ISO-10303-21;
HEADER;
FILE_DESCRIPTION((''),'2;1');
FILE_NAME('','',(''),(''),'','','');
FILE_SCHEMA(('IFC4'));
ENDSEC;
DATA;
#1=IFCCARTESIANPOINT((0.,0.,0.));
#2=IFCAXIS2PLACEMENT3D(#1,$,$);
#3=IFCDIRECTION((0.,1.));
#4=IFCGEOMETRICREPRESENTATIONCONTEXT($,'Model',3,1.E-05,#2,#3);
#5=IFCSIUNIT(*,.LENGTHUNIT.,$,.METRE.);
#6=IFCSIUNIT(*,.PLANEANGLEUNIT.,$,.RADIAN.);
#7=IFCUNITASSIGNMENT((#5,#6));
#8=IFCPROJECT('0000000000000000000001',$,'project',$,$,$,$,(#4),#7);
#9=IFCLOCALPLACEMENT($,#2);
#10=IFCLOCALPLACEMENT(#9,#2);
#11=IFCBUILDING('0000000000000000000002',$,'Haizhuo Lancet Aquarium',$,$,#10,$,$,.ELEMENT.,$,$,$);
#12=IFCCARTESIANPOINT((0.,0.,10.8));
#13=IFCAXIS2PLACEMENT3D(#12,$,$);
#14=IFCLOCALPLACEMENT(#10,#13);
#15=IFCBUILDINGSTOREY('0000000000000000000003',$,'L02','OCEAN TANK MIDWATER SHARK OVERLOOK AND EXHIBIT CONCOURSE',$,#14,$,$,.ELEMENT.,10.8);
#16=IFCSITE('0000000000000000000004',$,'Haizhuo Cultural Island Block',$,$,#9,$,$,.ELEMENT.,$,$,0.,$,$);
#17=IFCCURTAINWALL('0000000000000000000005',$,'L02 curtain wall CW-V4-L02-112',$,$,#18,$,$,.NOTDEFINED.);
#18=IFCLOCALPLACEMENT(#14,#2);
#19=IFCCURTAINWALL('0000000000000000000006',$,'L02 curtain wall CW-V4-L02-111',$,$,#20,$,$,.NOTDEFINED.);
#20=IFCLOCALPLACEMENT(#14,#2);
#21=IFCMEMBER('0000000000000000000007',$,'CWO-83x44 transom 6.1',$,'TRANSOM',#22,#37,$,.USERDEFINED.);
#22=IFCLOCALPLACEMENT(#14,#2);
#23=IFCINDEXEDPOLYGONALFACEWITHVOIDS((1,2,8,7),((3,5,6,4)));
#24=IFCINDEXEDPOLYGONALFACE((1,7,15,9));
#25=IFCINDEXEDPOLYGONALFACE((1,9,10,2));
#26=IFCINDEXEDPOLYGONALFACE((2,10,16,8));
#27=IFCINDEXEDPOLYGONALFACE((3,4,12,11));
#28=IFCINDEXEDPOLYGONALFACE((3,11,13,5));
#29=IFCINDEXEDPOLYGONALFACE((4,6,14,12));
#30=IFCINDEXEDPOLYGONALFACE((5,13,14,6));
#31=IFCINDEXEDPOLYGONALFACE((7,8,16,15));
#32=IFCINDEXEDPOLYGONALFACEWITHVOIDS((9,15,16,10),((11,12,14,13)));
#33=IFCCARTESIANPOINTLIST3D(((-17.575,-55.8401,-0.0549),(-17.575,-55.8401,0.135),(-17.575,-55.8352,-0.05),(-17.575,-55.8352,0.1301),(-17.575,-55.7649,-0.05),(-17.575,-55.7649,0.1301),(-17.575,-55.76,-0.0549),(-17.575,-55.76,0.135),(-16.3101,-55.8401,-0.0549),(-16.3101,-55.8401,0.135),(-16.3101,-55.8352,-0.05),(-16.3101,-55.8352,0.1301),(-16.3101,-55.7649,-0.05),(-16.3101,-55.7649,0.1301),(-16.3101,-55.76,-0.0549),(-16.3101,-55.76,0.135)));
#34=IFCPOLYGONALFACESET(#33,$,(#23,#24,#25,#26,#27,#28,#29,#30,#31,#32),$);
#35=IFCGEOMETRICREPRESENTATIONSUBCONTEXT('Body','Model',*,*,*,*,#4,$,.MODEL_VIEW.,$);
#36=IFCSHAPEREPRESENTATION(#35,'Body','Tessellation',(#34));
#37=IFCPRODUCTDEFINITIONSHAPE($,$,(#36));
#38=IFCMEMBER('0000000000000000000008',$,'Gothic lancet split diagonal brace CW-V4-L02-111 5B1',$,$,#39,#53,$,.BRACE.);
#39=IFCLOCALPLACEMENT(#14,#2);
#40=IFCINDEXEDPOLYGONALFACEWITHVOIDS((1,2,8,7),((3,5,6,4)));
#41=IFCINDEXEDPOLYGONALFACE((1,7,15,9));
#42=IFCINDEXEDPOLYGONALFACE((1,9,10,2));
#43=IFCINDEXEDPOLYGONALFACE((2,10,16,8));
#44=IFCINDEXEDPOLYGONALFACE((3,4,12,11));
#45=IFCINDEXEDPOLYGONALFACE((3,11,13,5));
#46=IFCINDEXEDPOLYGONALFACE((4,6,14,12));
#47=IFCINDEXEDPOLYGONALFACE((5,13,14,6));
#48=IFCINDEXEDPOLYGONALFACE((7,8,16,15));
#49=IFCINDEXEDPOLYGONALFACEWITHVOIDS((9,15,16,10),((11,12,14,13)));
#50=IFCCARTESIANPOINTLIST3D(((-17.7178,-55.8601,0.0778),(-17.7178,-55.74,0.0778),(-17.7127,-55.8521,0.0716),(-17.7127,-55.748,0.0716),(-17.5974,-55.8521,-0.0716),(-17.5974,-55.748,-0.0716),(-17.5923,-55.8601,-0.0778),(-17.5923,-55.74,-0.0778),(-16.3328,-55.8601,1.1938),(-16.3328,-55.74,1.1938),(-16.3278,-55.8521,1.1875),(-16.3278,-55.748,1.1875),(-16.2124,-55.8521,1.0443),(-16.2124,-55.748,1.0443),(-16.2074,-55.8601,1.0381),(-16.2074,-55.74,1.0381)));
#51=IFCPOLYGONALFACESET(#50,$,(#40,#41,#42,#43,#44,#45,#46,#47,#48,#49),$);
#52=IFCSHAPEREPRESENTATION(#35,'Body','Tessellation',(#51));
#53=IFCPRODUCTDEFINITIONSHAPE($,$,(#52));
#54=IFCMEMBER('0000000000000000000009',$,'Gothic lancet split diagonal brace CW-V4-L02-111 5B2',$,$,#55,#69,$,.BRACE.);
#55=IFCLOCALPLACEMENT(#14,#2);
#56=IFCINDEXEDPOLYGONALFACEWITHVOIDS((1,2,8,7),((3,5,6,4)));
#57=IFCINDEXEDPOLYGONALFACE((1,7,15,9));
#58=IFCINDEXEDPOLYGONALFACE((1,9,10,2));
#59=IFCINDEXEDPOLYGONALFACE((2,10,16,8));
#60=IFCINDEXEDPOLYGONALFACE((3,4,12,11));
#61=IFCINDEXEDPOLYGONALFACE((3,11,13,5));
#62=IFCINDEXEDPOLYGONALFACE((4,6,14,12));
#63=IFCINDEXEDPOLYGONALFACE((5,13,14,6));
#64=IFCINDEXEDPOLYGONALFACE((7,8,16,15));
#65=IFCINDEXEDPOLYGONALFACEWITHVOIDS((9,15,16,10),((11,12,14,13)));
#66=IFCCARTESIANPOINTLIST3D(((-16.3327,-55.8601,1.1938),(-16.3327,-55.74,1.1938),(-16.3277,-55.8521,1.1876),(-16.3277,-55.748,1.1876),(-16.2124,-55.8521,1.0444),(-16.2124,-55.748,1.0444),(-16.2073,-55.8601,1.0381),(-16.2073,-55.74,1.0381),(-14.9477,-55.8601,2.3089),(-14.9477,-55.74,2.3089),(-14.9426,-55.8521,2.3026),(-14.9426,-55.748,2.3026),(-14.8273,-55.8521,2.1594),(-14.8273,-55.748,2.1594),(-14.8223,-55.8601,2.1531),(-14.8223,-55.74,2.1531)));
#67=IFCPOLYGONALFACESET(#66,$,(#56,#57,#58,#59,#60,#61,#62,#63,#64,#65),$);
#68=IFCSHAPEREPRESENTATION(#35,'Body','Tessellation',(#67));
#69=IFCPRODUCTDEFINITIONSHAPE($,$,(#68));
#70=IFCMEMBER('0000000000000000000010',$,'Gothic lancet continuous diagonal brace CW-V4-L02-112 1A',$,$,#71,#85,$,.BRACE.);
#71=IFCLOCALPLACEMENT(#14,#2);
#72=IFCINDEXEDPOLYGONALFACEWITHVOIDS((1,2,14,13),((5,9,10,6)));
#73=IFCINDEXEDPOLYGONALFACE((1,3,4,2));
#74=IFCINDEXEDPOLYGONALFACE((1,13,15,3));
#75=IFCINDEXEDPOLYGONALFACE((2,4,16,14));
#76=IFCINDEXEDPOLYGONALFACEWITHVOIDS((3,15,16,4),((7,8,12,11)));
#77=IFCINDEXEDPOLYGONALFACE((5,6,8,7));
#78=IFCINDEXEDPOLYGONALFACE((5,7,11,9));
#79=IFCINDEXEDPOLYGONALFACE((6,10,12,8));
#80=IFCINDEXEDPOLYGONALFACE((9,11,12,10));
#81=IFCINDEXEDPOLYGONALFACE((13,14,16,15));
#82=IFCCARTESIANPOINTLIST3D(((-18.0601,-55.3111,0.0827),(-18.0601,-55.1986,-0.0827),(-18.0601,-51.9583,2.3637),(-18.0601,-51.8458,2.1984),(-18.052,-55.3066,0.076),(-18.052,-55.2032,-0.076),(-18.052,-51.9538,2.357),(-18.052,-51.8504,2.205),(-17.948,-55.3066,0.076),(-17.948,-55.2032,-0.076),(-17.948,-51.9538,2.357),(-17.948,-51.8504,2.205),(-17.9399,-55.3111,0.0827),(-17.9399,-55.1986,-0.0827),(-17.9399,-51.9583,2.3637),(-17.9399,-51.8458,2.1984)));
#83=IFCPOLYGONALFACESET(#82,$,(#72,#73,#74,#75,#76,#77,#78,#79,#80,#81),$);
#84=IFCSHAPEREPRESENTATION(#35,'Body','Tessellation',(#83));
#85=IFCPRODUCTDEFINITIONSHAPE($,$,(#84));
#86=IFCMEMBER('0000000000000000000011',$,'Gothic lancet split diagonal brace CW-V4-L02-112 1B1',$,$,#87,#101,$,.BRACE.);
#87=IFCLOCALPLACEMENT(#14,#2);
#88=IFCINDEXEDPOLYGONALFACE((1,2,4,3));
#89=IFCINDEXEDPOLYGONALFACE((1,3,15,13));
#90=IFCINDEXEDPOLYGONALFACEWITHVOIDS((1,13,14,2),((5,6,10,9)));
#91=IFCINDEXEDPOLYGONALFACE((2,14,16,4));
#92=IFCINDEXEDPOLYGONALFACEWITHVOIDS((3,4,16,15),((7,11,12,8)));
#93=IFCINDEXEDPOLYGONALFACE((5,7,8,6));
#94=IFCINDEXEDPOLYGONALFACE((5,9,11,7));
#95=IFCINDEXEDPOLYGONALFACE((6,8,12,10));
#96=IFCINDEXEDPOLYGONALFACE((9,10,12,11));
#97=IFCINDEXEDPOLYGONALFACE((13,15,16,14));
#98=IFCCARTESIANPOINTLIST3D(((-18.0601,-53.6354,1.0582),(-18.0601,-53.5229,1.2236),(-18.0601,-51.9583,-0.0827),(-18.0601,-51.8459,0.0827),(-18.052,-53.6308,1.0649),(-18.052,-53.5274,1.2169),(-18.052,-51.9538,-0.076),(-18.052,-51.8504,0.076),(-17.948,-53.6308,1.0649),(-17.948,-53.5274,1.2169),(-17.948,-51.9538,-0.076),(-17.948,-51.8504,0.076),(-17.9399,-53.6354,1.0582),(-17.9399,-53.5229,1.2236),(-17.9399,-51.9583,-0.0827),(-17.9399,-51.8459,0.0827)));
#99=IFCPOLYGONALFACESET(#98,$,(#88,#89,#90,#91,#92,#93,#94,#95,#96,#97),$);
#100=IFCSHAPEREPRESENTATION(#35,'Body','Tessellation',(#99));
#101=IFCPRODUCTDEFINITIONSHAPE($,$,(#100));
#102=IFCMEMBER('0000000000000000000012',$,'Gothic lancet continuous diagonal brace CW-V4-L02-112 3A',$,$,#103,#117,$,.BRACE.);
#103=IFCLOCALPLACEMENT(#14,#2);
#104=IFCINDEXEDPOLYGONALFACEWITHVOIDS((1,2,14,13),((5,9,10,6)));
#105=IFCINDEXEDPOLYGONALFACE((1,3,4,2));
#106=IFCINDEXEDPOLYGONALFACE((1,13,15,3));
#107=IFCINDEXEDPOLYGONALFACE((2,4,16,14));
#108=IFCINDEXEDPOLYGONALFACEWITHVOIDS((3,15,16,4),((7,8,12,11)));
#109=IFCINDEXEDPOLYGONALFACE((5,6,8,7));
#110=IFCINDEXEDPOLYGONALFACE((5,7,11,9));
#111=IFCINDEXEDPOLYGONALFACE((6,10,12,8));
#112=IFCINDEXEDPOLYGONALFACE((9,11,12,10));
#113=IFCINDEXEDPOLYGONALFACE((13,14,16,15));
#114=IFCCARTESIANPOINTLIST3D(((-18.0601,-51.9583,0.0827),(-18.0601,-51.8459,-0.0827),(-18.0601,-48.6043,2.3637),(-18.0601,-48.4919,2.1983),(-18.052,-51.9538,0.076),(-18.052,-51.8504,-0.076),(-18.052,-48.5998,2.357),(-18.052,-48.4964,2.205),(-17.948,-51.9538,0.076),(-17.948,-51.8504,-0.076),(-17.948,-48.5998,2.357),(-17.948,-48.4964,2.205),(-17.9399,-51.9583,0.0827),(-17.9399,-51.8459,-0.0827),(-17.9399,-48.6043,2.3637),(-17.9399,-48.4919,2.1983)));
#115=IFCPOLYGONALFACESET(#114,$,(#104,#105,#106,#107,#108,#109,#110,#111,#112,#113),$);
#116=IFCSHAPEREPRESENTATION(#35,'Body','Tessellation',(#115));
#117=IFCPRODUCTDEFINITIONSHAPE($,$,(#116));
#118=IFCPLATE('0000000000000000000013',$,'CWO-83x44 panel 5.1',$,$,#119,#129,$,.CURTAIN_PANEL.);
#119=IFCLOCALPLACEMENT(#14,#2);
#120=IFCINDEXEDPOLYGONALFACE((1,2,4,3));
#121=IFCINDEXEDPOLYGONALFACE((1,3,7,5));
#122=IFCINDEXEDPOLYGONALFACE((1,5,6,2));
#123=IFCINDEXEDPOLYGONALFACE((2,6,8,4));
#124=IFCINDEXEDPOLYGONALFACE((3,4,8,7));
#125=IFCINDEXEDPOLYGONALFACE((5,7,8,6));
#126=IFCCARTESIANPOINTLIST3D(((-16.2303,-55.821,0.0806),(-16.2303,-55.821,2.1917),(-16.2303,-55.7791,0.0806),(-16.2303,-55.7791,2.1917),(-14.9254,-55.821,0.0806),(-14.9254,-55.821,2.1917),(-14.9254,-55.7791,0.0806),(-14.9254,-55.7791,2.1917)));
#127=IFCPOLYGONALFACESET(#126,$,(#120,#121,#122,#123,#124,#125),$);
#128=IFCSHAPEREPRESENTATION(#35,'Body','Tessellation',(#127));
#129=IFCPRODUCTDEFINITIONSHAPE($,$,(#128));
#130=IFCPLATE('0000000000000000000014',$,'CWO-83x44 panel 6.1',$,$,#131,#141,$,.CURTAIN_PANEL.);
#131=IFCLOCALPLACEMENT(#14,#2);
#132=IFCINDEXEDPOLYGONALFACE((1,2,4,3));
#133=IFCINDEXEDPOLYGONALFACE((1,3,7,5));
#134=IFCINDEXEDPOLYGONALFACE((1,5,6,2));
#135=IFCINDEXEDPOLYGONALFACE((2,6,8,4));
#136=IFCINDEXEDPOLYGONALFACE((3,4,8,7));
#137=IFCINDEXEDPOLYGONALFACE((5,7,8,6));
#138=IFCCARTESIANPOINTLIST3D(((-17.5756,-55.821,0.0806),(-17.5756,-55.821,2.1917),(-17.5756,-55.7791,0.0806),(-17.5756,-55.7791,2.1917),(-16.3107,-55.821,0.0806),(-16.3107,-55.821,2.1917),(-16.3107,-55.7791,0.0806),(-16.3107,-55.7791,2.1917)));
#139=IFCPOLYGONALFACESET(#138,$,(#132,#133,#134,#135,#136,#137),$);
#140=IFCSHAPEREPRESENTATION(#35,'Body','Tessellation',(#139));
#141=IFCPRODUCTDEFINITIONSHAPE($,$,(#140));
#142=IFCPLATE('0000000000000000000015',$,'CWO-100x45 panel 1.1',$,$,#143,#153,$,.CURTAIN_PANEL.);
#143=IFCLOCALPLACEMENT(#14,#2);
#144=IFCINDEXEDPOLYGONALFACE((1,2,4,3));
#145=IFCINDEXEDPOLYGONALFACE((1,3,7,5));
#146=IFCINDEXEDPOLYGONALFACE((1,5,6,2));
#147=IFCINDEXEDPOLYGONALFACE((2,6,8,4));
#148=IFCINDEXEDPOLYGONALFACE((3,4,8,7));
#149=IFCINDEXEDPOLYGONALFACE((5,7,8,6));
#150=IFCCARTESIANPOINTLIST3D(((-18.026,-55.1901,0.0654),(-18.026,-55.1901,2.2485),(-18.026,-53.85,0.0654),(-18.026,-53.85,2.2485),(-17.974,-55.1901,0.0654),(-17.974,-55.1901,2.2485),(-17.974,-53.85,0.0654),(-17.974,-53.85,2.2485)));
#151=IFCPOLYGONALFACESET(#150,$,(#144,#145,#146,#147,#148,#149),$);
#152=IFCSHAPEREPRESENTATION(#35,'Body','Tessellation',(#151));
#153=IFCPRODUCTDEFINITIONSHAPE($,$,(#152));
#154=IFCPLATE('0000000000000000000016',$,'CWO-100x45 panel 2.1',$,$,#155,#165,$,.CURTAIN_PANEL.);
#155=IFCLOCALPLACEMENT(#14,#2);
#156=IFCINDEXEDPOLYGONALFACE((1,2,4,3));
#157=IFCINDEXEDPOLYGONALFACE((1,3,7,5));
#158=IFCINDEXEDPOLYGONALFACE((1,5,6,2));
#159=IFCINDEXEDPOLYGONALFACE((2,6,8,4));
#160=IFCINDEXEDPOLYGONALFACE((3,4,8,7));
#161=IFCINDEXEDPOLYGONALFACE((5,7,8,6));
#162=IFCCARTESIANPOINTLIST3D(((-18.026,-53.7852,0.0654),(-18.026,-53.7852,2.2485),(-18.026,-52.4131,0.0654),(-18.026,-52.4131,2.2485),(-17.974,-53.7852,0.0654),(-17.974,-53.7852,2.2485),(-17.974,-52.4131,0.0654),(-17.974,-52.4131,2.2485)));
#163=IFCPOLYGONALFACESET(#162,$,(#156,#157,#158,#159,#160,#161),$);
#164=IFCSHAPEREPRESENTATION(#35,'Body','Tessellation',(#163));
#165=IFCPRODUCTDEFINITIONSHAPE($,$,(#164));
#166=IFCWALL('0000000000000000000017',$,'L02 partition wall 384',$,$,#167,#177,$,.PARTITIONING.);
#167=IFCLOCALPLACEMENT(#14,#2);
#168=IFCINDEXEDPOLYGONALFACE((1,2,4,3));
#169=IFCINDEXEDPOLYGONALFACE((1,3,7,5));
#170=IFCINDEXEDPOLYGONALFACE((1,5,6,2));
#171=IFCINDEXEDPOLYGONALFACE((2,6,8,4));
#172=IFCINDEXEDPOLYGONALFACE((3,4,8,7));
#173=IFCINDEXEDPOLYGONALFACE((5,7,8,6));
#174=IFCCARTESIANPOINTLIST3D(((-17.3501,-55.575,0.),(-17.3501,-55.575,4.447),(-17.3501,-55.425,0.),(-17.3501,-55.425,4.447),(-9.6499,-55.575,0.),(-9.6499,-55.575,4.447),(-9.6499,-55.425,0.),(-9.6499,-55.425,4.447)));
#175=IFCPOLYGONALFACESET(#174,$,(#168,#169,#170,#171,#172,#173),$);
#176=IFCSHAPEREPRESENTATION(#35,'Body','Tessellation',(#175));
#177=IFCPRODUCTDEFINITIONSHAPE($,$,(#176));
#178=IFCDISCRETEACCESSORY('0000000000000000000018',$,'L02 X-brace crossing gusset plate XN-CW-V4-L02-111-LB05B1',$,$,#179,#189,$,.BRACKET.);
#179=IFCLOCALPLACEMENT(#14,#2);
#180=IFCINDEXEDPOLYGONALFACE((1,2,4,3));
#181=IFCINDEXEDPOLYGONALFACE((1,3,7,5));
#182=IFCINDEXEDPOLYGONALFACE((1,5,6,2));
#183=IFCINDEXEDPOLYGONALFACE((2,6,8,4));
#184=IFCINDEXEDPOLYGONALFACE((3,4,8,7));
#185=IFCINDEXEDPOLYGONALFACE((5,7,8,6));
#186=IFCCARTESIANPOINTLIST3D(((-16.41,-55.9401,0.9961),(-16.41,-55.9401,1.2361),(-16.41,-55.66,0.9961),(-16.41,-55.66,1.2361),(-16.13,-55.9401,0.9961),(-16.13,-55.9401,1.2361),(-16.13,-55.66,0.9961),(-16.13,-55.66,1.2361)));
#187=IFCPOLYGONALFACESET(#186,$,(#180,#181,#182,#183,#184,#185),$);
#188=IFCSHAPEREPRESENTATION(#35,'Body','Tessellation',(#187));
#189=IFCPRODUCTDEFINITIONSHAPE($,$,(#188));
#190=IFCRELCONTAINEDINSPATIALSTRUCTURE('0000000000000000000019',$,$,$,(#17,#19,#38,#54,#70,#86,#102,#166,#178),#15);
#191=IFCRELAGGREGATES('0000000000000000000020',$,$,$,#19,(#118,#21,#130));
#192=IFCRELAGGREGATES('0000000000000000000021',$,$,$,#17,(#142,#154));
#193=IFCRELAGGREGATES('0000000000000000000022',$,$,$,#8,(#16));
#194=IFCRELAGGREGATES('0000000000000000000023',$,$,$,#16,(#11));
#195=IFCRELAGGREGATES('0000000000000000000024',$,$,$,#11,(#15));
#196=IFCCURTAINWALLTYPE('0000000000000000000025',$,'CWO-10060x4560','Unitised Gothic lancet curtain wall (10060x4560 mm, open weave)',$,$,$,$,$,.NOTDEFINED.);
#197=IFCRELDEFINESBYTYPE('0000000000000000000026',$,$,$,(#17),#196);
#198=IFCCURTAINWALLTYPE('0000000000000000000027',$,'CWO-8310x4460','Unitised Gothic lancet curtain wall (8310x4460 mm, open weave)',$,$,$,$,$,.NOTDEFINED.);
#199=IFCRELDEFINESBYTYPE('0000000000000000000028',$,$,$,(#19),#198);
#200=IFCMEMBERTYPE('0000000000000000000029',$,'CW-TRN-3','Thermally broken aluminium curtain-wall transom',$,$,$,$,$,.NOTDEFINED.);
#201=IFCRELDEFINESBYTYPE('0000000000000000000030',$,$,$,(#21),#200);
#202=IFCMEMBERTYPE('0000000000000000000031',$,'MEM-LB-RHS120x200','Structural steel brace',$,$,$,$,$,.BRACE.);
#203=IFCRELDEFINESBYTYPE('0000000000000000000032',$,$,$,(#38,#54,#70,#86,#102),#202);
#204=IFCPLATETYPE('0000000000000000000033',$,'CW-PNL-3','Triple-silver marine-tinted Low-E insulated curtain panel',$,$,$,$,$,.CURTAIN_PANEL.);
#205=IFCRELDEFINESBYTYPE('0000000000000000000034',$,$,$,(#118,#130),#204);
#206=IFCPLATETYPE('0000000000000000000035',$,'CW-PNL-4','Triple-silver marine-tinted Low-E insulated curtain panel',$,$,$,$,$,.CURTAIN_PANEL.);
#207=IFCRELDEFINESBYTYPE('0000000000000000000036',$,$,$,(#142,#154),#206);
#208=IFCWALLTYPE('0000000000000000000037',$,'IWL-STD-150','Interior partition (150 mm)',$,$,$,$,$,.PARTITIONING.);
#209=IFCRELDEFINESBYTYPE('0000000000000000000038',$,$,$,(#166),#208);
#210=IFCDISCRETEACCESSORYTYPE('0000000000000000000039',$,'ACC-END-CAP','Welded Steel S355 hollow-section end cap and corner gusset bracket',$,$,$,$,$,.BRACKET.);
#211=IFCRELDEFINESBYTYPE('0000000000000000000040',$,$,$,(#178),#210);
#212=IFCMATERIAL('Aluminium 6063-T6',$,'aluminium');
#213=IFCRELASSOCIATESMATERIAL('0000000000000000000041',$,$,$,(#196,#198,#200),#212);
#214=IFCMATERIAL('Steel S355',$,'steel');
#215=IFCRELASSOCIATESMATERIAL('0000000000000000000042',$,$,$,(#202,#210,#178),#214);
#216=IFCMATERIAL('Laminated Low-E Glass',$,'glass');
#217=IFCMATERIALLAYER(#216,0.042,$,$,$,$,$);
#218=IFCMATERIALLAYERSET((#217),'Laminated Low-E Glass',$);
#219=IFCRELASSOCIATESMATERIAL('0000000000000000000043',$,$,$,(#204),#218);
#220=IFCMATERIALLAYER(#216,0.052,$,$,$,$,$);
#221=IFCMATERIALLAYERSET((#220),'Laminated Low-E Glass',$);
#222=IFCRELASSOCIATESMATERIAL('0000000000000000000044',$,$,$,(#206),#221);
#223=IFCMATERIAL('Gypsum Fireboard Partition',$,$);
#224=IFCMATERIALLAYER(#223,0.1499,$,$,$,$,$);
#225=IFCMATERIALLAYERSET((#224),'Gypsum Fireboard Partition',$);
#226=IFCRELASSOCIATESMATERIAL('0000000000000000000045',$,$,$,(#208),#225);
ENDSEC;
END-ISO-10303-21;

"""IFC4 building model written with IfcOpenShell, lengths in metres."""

from ifc_helpers import new_model, si_unit, direction, frame, frame_2d, origin, origin_2d, place, context, subcontext, project, spatial, rectangle, hollow_rectangle, extrude, material, layer, layer_set, material_profile, profile_set, type_object, element, aggregate, save


model = new_model("IFC4")

# Units and contexts
model_context = context("Model", 3, precision=1e-05, world=origin(), true_north=direction((0.0, 1.0)))
body_context = subcontext(model_context, "Body", "Model", "MODEL_VIEW")
ifc_project = project(units=[si_unit("LENGTHUNIT", "METRE"), si_unit("PLANEANGLEUNIT", "RADIAN")], contexts=[model_context])

# Site, building, storey
site_placement = place(None, origin())
site = spatial("IfcSite", under=ifc_project, at=site_placement, Name="Haizhuo Cultural Island Block", CompositionType="ELEMENT", RefElevation=0.0)
building_placement = place(site_placement, origin())
building = spatial("IfcBuilding", under=site, at=building_placement, Name="Haizhuo Lancet Aquarium", CompositionType="ELEMENT")
storey_placement = place(building_placement, frame((0.0, 0.0, 10.8)))
storey = spatial("IfcBuildingStorey", under=building, at=storey_placement, Name="L02", Description="OCEAN TANK MIDWATER SHARK OVERLOOK AND EXHIBIT CONCOURSE", CompositionType="ELEMENT", Elevation=10.8)

# Curtain walls
ifc_material_1 = material(Name="Aluminium 6063-T6", Category="aluminium")
curtain_wall_type_1 = type_object("IfcCurtainWallType", Name="CWO-10060x4560", Description="Unitised Gothic lancet curtain wall (10060x4560 mm, open weave)", PredefinedType="NOTDEFINED", material=ifc_material_1)
curtain_wall_1_placement = place(storey_placement, origin())
curtain_wall_1 = element("IfcCurtainWall", 1, at=curtain_wall_1_placement, inside=storey, type_object=curtain_wall_type_1, Name="L02 curtain wall CW-V4-L02-112", PredefinedType="NOTDEFINED")
curtain_wall_type_2 = type_object("IfcCurtainWallType", Name="CWO-8310x4460", Description="Unitised Gothic lancet curtain wall (8310x4460 mm, open weave)", PredefinedType="NOTDEFINED", material=ifc_material_1)
curtain_wall_2_placement = place(storey_placement, origin())
curtain_wall_2 = element("IfcCurtainWall", 2, at=curtain_wall_2_placement, inside=storey, type_object=curtain_wall_type_2, Name="L02 curtain wall CW-V4-L02-111", PredefinedType="NOTDEFINED")

# Member
ifc_material_profile_1 = material_profile(ifc_material_1, hollow_rectangle(XDim=0.0801, YDim=0.1899, WallThickness=0.0049, at=origin_2d()), Name="ALU-T 80x190x5")
ifc_profile_set_1 = profile_set([ifc_material_profile_1], Name="Aluminium 6063-T6")
member_type_1 = type_object("IfcMemberType", Name="CW-TRN-3", Description="Thermally broken aluminium curtain-wall transom", PredefinedType="NOTDEFINED", material=ifc_profile_set_1)
member_1_placement = place(storey_placement, frame((-16.3101, -55.8, 0.04), z_axis=(-1.0, 0.0, 0.0), x_axis=(0.0, -1.0, 0.0)))
member_1 = element("IfcMember", 3, at=member_1_placement, type_object=member_type_1, Name="CWO-83x44 transom 6.1", ObjectType="TRANSOM", PredefinedType="USERDEFINED", context=body_context, shape_type="SweptSolid", body=[
    extrude(hollow_rectangle(XDim=0.0801, YDim=0.1899, WallThickness=0.0049, at=origin_2d()), origin(), (0.0, 0.0, 1.0), 1.2649),
])

# Members
ifc_material_2 = material(Name="Steel S355", Category="steel")
ifc_material_profile_2 = material_profile(ifc_material_2, hollow_rectangle(XDim=0.1201, YDim=0.2, WallThickness=0.0081, at=origin_2d()), Name="RHS 120x200x8")
ifc_profile_set_2 = profile_set([ifc_material_profile_2], Name="Steel S355")
member_type_2 = type_object("IfcMemberType", Name="MEM-LB-RHS120x200", Description="Structural steel brace", PredefinedType="BRACE", material=ifc_profile_set_2)
member_2_placement = place(storey_placement, frame((-17.655, -55.8, 0.0), z_axis=(0.778681, 0.0, 0.62742), x_axis=(0.0, 1.0, 0.0)))
element("IfcMember", 4, at=member_2_placement, inside=storey, type_object=member_type_2, Name="Gothic lancet split diagonal brace CW-V4-L02-111 5B1", PredefinedType="BRACE", context=body_context, shape_type="SweptSolid", body=[
    extrude(hollow_rectangle(XDim=0.1201, YDim=0.2, WallThickness=0.0081, at=origin_2d()), origin(), (0.0, 0.0, 1.0), 1.7786),
])
member_3_placement = place(storey_placement, frame((-16.27, -55.8, 1.116), z_axis=(0.77895, 0.0, 0.627087), x_axis=(0.0, 1.0, 0.0)))
element("IfcMember", 5, at=member_3_placement, inside=storey, type_object=member_type_2, Name="Gothic lancet split diagonal brace CW-V4-L02-111 5B2", PredefinedType="BRACE", context=body_context, shape_type="SweptSolid", body=[
    extrude(hollow_rectangle(XDim=0.1201, YDim=0.2, WallThickness=0.0081, at=origin_2d()), origin(), (0.0, 0.0, 1.0), 1.7781),
])
member_4_placement = place(storey_placement, frame((-18.0, -55.2549, 0.0), z_axis=(0.0, 0.826799, 0.562498), x_axis=(-1.0, 0.0, 0.0)))
element("IfcMember", 6, at=member_4_placement, inside=storey, type_object=member_type_2, Name="Gothic lancet continuous diagonal brace CW-V4-L02-112 1A", PredefinedType="BRACE", context=body_context, shape_type="SweptSolid", body=[
    extrude(hollow_rectangle(XDim=0.1201, YDim=0.2, WallThickness=0.0081, at=origin_2d()), origin(), (0.0, 0.0, 1.0), 4.0552),
])
member_5_placement = place(storey_placement, frame((-18.0, -51.9021, 0.0), z_axis=(0.0, -0.82681, 0.562481), x_axis=(1.0, 0.0, 0.0)))
element("IfcMember", 7, at=member_5_placement, inside=storey, type_object=member_type_2, Name="Gothic lancet split diagonal brace CW-V4-L02-112 1B1", PredefinedType="BRACE", context=body_context, shape_type="SweptSolid", body=[
    extrude(hollow_rectangle(XDim=0.1201, YDim=0.2, WallThickness=0.0081, at=origin_2d()), origin(), (0.0, 0.0, 1.0), 2.0283),
])
member_6_placement = place(storey_placement, frame((-18.0, -51.9021, 0.0), z_axis=(0.0, 0.826894, 0.562358), x_axis=(-1.0, 0.0, 0.0)))
element("IfcMember", 8, at=member_6_placement, inside=storey, type_object=member_type_2, Name="Gothic lancet continuous diagonal brace CW-V4-L02-112 3A", PredefinedType="BRACE", context=body_context, shape_type="SweptSolid", body=[
    extrude(hollow_rectangle(XDim=0.1201, YDim=0.2, WallThickness=0.0081, at=origin_2d()), origin(), (0.0, 0.0, 1.0), 4.0562),
])

# Plates
ifc_material_3 = material(Name="Laminated Low-E Glass", Category="glass")
ifc_layer_1 = layer(ifc_material_3, 0.042)
ifc_layer_set_1 = layer_set([ifc_layer_1], Name="Laminated Low-E Glass")
plate_type_1 = type_object("IfcPlateType", Name="CW-PNL-3", Description="Triple-silver marine-tinted Low-E insulated curtain panel", PredefinedType="CURTAIN_PANEL", material=ifc_layer_set_1)
plate_1_placement = place(storey_placement, frame((-15.5779, -55.8, 0.0806), z_axis=(0.0, 0.0, 1.0), x_axis=(-1.0, 0.0, 0.0)))
plate_1 = element("IfcPlate", 9, at=plate_1_placement, type_object=plate_type_1, Name="CWO-83x44 panel 5.1", PredefinedType="CURTAIN_PANEL", context=body_context, shape_type="SweptSolid", body=[
    extrude(rectangle(XDim=1.3049, YDim=0.042, at=origin_2d()), origin(), (0.0, 0.0, 1.0), 2.1111),
])
plate_2_placement = place(storey_placement, frame((-16.9431, -55.8, 0.0806), z_axis=(0.0, 0.0, 1.0), x_axis=(-1.0, 0.0, 0.0)))
plate_2 = element("IfcPlate", 10, at=plate_2_placement, type_object=plate_type_1, Name="CWO-83x44 panel 6.1", PredefinedType="CURTAIN_PANEL", context=body_context, shape_type="SweptSolid", body=[
    extrude(rectangle(XDim=1.2649, YDim=0.042, at=origin_2d()), origin(), (0.0, 0.0, 1.0), 2.1111),
])
aggregate(curtain_wall_2, [plate_1, member_1, plate_2])
ifc_layer_2 = layer(ifc_material_3, 0.052)
ifc_layer_set_2 = layer_set([ifc_layer_2], Name="Laminated Low-E Glass")
plate_type_2 = type_object("IfcPlateType", Name="CW-PNL-4", Description="Triple-silver marine-tinted Low-E insulated curtain panel", PredefinedType="CURTAIN_PANEL", material=ifc_layer_set_2)
plate_3_placement = place(storey_placement, frame((-18.0, -54.52, 0.0654), z_axis=(0.0, 0.0, 1.0), x_axis=(0.0, 1.0, 0.0)))
plate_3 = element("IfcPlate", 11, at=plate_3_placement, type_object=plate_type_2, Name="CWO-100x45 panel 1.1", PredefinedType="CURTAIN_PANEL", context=body_context, shape_type="SweptSolid", body=[
    extrude(rectangle(XDim=1.3401, YDim=0.052, at=origin_2d()), origin(), (0.0, 0.0, 1.0), 2.1831),
])
plate_4_placement = place(storey_placement, frame((-18.0, -53.0991, 0.0654), z_axis=(0.0, 0.0, 1.0), x_axis=(0.0, 1.0, 0.0)))
plate_4 = element("IfcPlate", 12, at=plate_4_placement, type_object=plate_type_2, Name="CWO-100x45 panel 2.1", PredefinedType="CURTAIN_PANEL", context=body_context, shape_type="SweptSolid", body=[
    extrude(rectangle(XDim=1.3721, YDim=0.052, at=origin_2d()), origin(), (0.0, 0.0, 1.0), 2.1831),
])
aggregate(curtain_wall_1, [plate_3, plate_4])

# Wall
ifc_material_4 = material(Name="Gypsum Fireboard Partition")
ifc_layer_3 = layer(ifc_material_4, 0.1499)
ifc_layer_set_3 = layer_set([ifc_layer_3], Name="Gypsum Fireboard Partition")
wall_type = type_object("IfcWallType", Name="IWL-STD-150", Description="Interior partition (150 mm)", PredefinedType="PARTITIONING", material=ifc_layer_set_3)
wall_placement = place(storey_placement, frame((-17.3501, -55.5, 0.0), z_axis=(0.0, 0.0, 1.0), x_axis=(1.0, 0.0, 0.0)))
element("IfcWall", 13, at=wall_placement, inside=storey, type_object=wall_type, Name="L02 partition wall 384", PredefinedType="PARTITIONING", context=body_context, shape_type="SweptSolid", body=[
    extrude(rectangle(XDim=7.7002, YDim=0.1499, at=frame_2d((3.8501, 0.0))), origin(), (0.0, 0.0, 1.0), 4.447),
])

# Discrete accessory
discrete_accessory_type = type_object("IfcDiscreteAccessoryType", Name="ACC-END-CAP", Description="Welded Steel S355 hollow-section end cap and corner gusset bracket", PredefinedType="BRACKET", material=ifc_material_2)
for number, where, z_axis, x_axis, name in (
    (14, (-16.27, -55.8, 0.9961), (0.0, 0.0, 1.0), (1.0, 0.0, 0.0), "L02 X-brace crossing gusset plate XN-CW-V4-L02-111-LB05B1"),
):
    element("IfcDiscreteAccessory", number, at=place(storey_placement, frame(where, z_axis=z_axis, x_axis=x_axis)), inside=storey, type_object=discrete_accessory_type, material=ifc_material_2, Name=name, PredefinedType="BRACKET", context=body_context, shape_type="SweptSolid", body=[
        extrude(rectangle(XDim=0.28, YDim=0.28, at=origin_2d()), origin(), (0.0, 0.0, 1.0), 0.24),
    ])

save(model, "model.ifc")
